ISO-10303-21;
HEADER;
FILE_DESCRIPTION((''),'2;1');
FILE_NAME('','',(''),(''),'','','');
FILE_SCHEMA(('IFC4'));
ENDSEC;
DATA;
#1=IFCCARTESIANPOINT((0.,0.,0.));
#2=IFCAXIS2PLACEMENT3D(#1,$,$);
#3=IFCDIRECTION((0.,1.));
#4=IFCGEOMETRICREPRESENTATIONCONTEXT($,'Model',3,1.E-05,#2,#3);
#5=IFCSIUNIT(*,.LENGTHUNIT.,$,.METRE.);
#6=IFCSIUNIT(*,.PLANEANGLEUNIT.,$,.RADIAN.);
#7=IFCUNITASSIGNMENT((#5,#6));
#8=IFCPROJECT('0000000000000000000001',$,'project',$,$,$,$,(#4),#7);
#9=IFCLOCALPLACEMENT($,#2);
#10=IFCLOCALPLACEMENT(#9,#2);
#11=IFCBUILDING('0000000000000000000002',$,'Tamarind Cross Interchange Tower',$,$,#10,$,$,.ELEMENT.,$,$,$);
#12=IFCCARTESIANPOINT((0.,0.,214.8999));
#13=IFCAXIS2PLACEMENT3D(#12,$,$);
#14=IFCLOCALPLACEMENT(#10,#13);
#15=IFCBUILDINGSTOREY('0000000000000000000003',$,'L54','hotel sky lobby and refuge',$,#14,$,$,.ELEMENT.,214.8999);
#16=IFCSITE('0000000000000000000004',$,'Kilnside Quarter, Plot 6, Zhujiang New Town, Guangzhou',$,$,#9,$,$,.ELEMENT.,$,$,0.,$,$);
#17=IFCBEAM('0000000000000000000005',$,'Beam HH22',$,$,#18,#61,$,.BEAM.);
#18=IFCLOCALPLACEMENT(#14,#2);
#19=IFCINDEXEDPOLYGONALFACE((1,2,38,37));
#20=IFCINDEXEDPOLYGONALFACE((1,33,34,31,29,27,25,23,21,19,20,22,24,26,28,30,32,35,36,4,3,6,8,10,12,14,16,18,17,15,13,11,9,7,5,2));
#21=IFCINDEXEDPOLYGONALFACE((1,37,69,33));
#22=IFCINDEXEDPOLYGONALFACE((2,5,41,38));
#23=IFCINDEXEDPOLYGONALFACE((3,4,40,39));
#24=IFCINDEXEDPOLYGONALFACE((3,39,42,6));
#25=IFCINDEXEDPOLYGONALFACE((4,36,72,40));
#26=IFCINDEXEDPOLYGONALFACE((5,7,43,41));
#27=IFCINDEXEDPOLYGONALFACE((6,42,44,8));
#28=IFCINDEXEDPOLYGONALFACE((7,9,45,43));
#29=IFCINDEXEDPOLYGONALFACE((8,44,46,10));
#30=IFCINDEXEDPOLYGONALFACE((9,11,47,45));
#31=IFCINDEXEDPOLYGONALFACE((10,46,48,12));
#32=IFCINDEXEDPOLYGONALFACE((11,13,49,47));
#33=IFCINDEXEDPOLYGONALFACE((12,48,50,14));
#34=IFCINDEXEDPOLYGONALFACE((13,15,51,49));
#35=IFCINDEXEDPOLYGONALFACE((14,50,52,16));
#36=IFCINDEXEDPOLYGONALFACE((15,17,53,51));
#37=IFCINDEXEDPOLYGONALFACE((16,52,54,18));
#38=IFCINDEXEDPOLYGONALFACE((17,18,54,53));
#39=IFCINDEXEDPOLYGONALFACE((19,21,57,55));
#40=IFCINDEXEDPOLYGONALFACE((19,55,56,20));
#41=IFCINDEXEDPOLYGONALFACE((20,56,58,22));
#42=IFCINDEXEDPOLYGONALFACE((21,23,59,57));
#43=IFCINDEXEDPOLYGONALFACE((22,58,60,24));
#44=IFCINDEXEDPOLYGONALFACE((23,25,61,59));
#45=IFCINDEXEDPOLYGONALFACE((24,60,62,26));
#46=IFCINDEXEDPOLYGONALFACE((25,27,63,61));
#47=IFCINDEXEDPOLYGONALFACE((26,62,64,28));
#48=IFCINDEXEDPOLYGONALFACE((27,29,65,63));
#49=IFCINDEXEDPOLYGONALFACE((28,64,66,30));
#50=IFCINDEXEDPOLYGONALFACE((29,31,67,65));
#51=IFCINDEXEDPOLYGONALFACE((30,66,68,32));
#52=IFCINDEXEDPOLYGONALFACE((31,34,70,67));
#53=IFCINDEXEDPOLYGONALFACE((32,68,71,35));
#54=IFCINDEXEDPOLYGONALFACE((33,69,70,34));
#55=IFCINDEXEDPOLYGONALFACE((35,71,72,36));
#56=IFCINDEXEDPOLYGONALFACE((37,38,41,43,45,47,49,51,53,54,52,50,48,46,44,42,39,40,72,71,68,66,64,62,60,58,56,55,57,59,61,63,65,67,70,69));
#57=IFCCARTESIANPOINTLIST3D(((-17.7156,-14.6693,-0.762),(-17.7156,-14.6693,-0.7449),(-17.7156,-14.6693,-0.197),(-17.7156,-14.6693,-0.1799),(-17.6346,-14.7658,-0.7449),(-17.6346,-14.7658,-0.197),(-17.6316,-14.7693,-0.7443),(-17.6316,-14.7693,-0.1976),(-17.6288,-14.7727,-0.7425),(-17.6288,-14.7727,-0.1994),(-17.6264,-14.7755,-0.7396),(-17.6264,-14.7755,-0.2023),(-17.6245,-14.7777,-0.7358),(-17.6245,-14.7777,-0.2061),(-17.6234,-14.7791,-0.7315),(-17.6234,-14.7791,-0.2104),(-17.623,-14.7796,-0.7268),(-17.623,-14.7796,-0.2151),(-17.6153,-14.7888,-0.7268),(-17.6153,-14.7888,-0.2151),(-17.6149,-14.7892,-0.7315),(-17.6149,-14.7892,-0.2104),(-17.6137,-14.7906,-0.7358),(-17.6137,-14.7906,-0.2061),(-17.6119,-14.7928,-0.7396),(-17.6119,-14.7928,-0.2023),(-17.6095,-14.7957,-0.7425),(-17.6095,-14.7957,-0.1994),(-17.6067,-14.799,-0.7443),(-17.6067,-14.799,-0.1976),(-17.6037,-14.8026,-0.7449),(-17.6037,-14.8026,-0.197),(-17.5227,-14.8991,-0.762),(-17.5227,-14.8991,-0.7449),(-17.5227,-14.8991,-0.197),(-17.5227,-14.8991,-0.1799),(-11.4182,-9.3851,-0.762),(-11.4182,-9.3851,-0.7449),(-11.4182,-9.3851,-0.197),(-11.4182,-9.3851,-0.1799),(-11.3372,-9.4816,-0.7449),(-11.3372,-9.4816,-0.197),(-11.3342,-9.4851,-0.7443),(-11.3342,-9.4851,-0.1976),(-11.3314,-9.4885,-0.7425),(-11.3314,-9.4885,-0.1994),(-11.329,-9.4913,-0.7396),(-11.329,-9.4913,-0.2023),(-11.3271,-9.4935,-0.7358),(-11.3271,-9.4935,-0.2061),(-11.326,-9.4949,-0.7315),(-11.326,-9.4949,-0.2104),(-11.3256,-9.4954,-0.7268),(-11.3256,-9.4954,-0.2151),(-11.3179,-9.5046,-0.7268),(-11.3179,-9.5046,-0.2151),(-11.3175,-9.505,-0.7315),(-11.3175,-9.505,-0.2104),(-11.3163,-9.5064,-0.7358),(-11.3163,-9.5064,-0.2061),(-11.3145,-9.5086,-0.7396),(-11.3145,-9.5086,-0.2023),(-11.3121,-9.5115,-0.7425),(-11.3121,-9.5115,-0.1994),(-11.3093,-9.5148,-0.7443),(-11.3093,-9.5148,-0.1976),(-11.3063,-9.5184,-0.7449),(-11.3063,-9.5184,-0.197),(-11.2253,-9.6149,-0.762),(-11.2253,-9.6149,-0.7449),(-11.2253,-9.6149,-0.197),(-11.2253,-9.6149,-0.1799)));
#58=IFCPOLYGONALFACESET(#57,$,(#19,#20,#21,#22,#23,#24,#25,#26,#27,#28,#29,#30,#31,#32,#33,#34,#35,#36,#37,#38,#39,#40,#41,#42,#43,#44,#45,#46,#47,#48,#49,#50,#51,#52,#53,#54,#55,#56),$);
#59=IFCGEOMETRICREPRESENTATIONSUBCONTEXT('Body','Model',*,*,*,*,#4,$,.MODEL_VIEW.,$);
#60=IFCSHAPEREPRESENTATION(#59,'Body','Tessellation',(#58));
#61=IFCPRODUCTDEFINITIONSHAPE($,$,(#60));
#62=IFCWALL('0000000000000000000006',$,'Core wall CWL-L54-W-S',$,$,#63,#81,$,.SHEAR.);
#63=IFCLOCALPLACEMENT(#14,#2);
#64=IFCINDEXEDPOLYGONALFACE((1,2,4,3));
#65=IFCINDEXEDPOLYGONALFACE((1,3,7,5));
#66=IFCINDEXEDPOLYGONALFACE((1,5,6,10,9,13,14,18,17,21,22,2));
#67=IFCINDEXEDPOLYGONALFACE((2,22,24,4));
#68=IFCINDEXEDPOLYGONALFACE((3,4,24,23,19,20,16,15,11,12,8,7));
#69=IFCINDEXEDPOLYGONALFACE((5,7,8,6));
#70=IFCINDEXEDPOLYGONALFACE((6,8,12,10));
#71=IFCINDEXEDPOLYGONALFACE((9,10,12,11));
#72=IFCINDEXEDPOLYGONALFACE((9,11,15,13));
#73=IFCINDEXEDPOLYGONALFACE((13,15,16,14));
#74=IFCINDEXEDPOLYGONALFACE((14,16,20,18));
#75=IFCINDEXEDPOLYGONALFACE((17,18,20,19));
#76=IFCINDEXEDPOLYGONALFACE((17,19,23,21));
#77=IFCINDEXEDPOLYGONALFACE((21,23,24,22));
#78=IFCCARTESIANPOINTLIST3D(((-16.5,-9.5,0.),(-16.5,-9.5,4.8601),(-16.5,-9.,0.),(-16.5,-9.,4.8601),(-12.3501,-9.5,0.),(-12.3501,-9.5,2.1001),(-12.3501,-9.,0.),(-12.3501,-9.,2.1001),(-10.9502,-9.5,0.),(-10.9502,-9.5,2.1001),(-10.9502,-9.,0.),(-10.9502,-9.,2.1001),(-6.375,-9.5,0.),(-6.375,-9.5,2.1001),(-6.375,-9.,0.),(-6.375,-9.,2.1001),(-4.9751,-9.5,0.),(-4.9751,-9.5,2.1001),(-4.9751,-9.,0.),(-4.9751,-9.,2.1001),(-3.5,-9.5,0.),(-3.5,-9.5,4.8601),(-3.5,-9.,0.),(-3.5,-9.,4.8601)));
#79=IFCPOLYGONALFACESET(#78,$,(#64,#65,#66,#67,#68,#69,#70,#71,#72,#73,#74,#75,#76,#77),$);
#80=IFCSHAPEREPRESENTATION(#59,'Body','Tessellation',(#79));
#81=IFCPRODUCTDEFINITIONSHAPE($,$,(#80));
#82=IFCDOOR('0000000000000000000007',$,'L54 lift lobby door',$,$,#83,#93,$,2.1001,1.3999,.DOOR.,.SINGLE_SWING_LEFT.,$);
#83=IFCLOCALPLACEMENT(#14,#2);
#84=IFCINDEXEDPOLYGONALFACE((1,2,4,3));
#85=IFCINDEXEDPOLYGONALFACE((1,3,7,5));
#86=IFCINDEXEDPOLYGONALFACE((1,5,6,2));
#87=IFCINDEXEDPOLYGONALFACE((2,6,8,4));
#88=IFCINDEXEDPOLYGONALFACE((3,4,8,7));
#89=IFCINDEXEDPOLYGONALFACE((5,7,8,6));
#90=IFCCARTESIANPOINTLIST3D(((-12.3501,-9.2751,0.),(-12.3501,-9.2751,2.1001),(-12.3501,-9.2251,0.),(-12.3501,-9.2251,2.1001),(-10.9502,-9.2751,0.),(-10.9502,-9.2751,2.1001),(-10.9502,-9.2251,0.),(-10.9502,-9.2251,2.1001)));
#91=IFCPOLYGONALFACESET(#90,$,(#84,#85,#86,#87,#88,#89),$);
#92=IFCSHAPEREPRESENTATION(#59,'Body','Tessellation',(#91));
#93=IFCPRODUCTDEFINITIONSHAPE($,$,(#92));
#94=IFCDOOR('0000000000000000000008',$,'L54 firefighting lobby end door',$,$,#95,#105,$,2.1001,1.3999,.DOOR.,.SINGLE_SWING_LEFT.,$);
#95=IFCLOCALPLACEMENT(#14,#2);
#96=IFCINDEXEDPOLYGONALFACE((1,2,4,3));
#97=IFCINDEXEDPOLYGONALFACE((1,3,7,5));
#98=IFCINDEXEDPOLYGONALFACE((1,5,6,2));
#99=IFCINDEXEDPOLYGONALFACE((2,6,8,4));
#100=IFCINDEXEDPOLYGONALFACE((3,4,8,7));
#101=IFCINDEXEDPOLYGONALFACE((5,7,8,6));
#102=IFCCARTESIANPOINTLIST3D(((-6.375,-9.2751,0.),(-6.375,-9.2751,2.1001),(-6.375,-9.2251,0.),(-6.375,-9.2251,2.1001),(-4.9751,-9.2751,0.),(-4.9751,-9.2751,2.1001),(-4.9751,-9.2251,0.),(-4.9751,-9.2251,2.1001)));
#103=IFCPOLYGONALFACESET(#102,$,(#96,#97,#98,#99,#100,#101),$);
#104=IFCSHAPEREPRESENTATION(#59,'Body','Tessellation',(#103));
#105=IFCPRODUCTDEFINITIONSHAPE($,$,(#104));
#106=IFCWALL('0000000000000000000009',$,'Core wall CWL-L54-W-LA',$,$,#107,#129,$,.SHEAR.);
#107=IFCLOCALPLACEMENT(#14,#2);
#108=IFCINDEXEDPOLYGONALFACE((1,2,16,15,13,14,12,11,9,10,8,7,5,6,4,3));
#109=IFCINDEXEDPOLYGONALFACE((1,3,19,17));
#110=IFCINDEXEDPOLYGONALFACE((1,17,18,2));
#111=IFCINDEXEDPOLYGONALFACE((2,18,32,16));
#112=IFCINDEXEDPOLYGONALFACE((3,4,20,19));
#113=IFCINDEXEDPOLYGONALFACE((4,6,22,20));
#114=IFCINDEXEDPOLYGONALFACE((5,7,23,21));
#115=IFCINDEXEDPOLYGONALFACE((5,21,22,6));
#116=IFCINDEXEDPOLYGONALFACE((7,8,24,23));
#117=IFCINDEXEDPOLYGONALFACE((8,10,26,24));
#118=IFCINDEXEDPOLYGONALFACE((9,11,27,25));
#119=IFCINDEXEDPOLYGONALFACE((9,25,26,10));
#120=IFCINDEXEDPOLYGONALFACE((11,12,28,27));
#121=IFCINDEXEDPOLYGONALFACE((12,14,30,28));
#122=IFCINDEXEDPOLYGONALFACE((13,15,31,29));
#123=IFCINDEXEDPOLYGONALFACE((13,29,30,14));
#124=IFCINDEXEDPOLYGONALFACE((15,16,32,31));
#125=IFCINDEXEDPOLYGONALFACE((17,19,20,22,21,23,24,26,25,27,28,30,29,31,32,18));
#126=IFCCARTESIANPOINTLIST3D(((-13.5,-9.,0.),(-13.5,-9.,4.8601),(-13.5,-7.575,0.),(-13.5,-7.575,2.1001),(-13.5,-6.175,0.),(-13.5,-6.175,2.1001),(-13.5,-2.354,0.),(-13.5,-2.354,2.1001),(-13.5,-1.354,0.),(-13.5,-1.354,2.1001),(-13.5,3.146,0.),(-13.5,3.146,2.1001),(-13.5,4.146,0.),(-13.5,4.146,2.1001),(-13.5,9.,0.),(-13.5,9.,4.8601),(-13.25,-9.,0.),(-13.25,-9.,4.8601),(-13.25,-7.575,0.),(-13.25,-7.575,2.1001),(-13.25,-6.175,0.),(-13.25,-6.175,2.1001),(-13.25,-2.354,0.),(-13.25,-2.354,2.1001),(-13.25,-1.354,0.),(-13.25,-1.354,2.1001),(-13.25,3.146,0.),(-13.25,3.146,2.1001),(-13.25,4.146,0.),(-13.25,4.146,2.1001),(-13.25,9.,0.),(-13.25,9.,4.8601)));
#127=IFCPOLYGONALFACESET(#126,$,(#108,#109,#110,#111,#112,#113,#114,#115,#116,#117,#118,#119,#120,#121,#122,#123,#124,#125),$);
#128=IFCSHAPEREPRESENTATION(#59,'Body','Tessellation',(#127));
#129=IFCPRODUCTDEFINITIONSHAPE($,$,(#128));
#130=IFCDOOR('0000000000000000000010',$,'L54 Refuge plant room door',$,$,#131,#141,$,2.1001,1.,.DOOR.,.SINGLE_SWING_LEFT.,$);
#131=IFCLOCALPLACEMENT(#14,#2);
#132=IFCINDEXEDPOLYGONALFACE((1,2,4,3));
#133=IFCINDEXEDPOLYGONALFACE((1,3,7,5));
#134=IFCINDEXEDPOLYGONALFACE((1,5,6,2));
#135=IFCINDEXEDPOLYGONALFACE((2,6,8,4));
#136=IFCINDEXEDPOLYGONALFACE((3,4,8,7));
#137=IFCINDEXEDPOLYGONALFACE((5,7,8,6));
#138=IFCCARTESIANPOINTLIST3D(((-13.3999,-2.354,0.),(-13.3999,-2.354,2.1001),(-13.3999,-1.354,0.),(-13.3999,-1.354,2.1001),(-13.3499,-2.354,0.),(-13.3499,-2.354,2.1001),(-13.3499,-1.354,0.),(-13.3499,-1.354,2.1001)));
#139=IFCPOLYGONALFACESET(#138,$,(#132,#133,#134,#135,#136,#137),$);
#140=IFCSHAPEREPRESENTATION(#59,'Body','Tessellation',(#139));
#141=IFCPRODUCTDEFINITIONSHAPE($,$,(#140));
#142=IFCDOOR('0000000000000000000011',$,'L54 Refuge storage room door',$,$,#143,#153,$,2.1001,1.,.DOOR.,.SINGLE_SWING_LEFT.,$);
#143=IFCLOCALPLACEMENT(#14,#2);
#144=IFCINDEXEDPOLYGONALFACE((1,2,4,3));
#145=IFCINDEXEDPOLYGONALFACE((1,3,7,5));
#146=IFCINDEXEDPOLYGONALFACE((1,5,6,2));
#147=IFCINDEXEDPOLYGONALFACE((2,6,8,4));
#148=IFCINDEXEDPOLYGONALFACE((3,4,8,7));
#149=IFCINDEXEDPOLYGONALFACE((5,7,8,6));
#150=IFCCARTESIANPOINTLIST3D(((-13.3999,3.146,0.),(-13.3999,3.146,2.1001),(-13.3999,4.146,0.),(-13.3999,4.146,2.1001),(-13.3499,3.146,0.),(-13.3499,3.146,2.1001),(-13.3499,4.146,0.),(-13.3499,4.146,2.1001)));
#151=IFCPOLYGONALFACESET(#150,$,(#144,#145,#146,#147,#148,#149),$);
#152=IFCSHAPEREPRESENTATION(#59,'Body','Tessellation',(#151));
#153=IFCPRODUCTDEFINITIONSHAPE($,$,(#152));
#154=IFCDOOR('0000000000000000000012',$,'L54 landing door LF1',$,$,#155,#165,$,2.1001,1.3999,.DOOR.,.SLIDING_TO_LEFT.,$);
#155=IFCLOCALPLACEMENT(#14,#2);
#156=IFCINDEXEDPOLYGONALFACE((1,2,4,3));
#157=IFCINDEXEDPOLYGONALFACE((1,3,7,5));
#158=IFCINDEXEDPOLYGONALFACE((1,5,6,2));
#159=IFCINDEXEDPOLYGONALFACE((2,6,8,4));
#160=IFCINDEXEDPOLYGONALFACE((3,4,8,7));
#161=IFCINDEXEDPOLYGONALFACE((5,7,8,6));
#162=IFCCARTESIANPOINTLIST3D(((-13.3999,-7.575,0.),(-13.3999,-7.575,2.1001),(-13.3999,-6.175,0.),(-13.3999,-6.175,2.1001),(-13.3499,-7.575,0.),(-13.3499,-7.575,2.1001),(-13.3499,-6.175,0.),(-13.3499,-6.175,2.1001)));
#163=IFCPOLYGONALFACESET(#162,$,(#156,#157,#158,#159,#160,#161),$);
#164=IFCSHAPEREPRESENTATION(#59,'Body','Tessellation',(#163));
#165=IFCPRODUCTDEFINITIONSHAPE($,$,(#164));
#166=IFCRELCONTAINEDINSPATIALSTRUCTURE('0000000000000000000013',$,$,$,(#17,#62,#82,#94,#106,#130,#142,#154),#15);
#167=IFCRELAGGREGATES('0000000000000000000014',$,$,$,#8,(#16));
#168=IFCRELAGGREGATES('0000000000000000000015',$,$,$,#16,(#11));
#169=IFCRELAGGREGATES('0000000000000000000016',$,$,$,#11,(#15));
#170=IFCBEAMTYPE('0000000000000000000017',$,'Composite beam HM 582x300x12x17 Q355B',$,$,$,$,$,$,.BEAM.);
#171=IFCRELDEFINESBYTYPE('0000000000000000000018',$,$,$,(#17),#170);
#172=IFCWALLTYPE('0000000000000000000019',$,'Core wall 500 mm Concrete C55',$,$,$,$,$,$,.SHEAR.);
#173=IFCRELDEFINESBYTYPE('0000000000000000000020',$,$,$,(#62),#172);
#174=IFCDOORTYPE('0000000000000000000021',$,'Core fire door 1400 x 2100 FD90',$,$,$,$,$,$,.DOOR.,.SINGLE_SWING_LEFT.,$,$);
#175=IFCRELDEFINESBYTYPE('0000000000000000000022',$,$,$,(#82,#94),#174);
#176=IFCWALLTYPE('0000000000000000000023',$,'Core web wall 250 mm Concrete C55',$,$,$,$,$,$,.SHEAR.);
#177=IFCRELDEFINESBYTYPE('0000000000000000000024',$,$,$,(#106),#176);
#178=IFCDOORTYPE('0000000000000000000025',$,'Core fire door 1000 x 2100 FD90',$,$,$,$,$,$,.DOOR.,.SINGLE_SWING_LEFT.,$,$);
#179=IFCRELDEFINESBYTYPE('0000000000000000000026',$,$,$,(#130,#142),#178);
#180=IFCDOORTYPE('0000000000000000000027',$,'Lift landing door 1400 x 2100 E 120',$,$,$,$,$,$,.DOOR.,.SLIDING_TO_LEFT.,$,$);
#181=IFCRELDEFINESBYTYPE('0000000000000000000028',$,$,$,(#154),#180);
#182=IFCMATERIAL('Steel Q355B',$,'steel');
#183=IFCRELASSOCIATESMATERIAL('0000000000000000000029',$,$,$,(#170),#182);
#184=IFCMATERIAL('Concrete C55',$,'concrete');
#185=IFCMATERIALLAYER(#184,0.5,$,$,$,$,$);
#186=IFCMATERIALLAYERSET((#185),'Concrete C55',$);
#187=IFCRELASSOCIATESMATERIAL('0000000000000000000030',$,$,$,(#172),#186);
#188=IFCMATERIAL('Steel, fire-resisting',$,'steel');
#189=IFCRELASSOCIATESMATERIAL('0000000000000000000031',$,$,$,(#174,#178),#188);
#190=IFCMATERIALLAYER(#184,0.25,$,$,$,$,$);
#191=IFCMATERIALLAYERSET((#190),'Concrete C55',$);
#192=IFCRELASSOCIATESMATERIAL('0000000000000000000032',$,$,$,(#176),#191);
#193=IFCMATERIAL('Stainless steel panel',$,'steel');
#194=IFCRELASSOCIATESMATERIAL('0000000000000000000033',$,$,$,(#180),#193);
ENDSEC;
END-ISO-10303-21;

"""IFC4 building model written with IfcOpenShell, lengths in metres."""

from ifc_helpers import new_model, si_unit, direction, frame, frame_2d, origin, origin_2d, place, context, subcontext, project, spatial, rectangle, i_section, extrude, material, layer, layer_set, material_profile, profile_set, type_object, element, fill, save


model = new_model("IFC4")

# Units and contexts
model_context = context("Model", 3, precision=1e-05, world=origin(), true_north=direction((0.0, 1.0)))
body_context = subcontext(model_context, "Body", "Model", "MODEL_VIEW")
ifc_project = project(units=[si_unit("LENGTHUNIT", "METRE"), si_unit("PLANEANGLEUNIT", "RADIAN")], contexts=[model_context])

# Site, building, storey
site_placement = place(None, origin())
site = spatial("IfcSite", under=ifc_project, at=site_placement, Name="Kilnside Quarter, Plot 6, Zhujiang New Town, Guangzhou", CompositionType="ELEMENT", RefElevation=0.0)
building_placement = place(site_placement, origin())
building = spatial("IfcBuilding", under=site, at=building_placement, Name="Tamarind Cross Interchange Tower", CompositionType="ELEMENT")
storey_placement = place(building_placement, frame((0.0, 0.0, 214.8999)))
storey = spatial("IfcBuildingStorey", under=building, at=storey_placement, Name="L54", Description="hotel sky lobby and refuge", CompositionType="ELEMENT", Elevation=214.8999)

# Beam
ifc_material_1 = material(Name="Steel Q355B", Category="steel")
ifc_material_profile = material_profile(ifc_material_1, i_section(OverallWidth=0.3, OverallDepth=0.582, WebThickness=0.012, FlangeThickness=0.0171, FilletRadius=0.0181, at=origin_2d()), Name="HM 582x300x12x17")
ifc_profile_set = profile_set([ifc_material_profile], Name="Steel Q355B")
beam_type = type_object("IfcBeamType", Name="Composite beam HM 582x300x12x17 Q355B", PredefinedType="BEAM", material=ifc_profile_set)
beam_placement = place(storey_placement, frame((-17.6191, -14.7842, -0.4709), z_axis=(0.766041, 0.642792, 0.0), x_axis=(-0.642792, 0.766041, 0.0)))
element("IfcBeam", 1, at=beam_placement, inside=storey, type_object=beam_type, Name="Beam HH22", PredefinedType="BEAM", context=body_context, shape_type="SweptSolid", body=[
    extrude(i_section(OverallWidth=0.3, OverallDepth=0.582, WebThickness=0.012, FlangeThickness=0.0171, FilletRadius=0.0181, at=origin_2d()), origin(), (0.0, 0.0, 1.0), 8.2207),
])

# Walls, openings, doors
ifc_material_2 = material(Name="Concrete C55", Category="concrete")
ifc_layer_1 = layer(ifc_material_2, 0.5)
ifc_layer_set_1 = layer_set([ifc_layer_1], Name="Concrete C55")
wall_type_1 = type_object("IfcWallType", Name="Core wall 500 mm Concrete C55", PredefinedType="SHEAR", material=ifc_layer_set_1)
wall_1_placement = place(storey_placement, frame((-16.5, -9.25, 0.0), z_axis=(0.0, 0.0, 1.0), x_axis=(1.0, 0.0, 0.0)))
wall_1 = element("IfcWall", 2, at=wall_1_placement, inside=storey, type_object=wall_type_1, Name="Core wall CWL-L54-W-S", PredefinedType="SHEAR", context=body_context, shape_type="SweptSolid", body=[
    extrude(rectangle(XDim=13.0, YDim=0.5, at=frame_2d((6.5, 0.0))), origin(), (0.0, 0.0, 1.0), 4.8601),
])
opening_1_placement = place(wall_1_placement, frame((4.1499, 0.0, 0.0)))
opening_1 = element("IfcOpeningElement", 3, at=opening_1_placement, cuts=wall_1, PredefinedType="OPENING", context=body_context, shape_type="SweptSolid", body=[
    extrude(rectangle(XDim=1.3999, YDim=2.1001, at=frame_2d((0.7, 1.05))), frame((0.0, 0.26, 0.0), z_axis=(0.0, -1.0, 0.0), x_axis=(1.0, 0.0, 0.0)), (0.0, 0.0, 1.0), 0.52),
])
opening_2_placement = place(wall_1_placement, frame((10.125, 0.0, 0.0)))
opening_2 = element("IfcOpeningElement", 4, at=opening_2_placement, cuts=wall_1, PredefinedType="OPENING", context=body_context, shape_type="SweptSolid", body=[
    extrude(rectangle(XDim=1.3999, YDim=2.1001, at=frame_2d((0.7, 1.05))), frame((0.0, 0.26, 0.0), z_axis=(0.0, -1.0, 0.0), x_axis=(1.0, 0.0, 0.0)), (0.0, 0.0, 1.0), 0.52),
])
ifc_material_3 = material(Name="Steel, fire-resisting", Category="steel")
door_type_1 = type_object("IfcDoorType", Name="Core fire door 1400 x 2100 FD90", OperationType="SINGLE_SWING_LEFT", PredefinedType="DOOR", material=ifc_material_3)
door_1_placement = place(opening_1_placement, origin())
door_1 = element("IfcDoor", 5, at=door_1_placement, inside=storey, type_object=door_type_1, Name="L54 lift lobby door", OperationType="SINGLE_SWING_LEFT", OverallHeight=2.1001, OverallWidth=1.3999, PredefinedType="DOOR", context=body_context, shape_type="SweptSolid", body=[
    extrude(rectangle(XDim=1.3999, YDim=2.1001, at=frame_2d((0.7, 1.05))), frame((0.0, 0.0249, 0.0), z_axis=(0.0, -1.0, 0.0), x_axis=(1.0, 0.0, 0.0)), (0.0, 0.0, 1.0), 0.05),
])
fill(opening_1, door_1)
door_2_placement = place(opening_2_placement, origin())
door_2 = element("IfcDoor", 6, at=door_2_placement, inside=storey, type_object=door_type_1, Name="L54 firefighting lobby end door", OperationType="SINGLE_SWING_LEFT", OverallHeight=2.1001, OverallWidth=1.3999, PredefinedType="DOOR", context=body_context, shape_type="SweptSolid", body=[
    extrude(rectangle(XDim=1.3999, YDim=2.1001, at=frame_2d((0.7, 1.05))), frame((0.0, 0.0249, 0.0), z_axis=(0.0, -1.0, 0.0), x_axis=(1.0, 0.0, 0.0)), (0.0, 0.0, 1.0), 0.05),
])
fill(opening_2, door_2)
ifc_layer_2 = layer(ifc_material_2, 0.25)
ifc_layer_set_2 = layer_set([ifc_layer_2], Name="Concrete C55")
wall_type_2 = type_object("IfcWallType", Name="Core web wall 250 mm Concrete C55", PredefinedType="SHEAR", material=ifc_layer_set_2)
wall_2_placement = place(storey_placement, frame((-13.375, -9.0, 0.0), z_axis=(0.0, 0.0, 1.0), x_axis=(0.0, 1.0, 0.0)))
wall_2 = element("IfcWall", 7, at=wall_2_placement, inside=storey, type_object=wall_type_2, Name="Core wall CWL-L54-W-LA", PredefinedType="SHEAR", context=body_context, shape_type="SweptSolid", body=[
    extrude(rectangle(XDim=18.0, YDim=0.25, at=frame_2d((9.0, 0.0))), origin(), (0.0, 0.0, 1.0), 4.8601),
])
opening_3_placement = place(wall_2_placement, frame((1.425, 0.0, 0.0)))
opening_3 = element("IfcOpeningElement", 8, at=opening_3_placement, cuts=wall_2, PredefinedType="OPENING", context=body_context, shape_type="SweptSolid", body=[
    extrude(rectangle(XDim=1.3999, YDim=2.1001, at=frame_2d((0.7, 1.05))), frame((0.0, 0.135, 0.0), z_axis=(0.0, -1.0, 0.0), x_axis=(1.0, 0.0, 0.0)), (0.0, 0.0, 1.0), 0.27),
])
opening_4_placement = place(wall_2_placement, frame((6.646, 0.0, 0.0)))
opening_4 = element("IfcOpeningElement", 9, at=opening_4_placement, cuts=wall_2, PredefinedType="OPENING", context=body_context, shape_type="SweptSolid", body=[
    extrude(rectangle(XDim=1.0, YDim=2.1001, at=frame_2d((0.5, 1.05))), frame((0.0, 0.135, 0.0), z_axis=(0.0, -1.0, 0.0), x_axis=(1.0, 0.0, 0.0)), (0.0, 0.0, 1.0), 0.27),
])
opening_5_placement = place(wall_2_placement, frame((12.146, 0.0, 0.0)))
opening_5 = element("IfcOpeningElement", 10, at=opening_5_placement, cuts=wall_2, PredefinedType="OPENING", context=body_context, shape_type="SweptSolid", body=[
    extrude(rectangle(XDim=1.0, YDim=2.1001, at=frame_2d((0.5, 1.05))), frame((0.0, 0.135, 0.0), z_axis=(0.0, -1.0, 0.0), x_axis=(1.0, 0.0, 0.0)), (0.0, 0.0, 1.0), 0.27),
])
door_type_2 = type_object("IfcDoorType", Name="Core fire door 1000 x 2100 FD90", OperationType="SINGLE_SWING_LEFT", PredefinedType="DOOR", material=ifc_material_3)
door_3_placement = place(opening_4_placement, origin())
door_3 = element("IfcDoor", 11, at=door_3_placement, inside=storey, type_object=door_type_2, Name="L54 Refuge plant room door", OperationType="SINGLE_SWING_LEFT", OverallHeight=2.1001, OverallWidth=1.0, PredefinedType="DOOR", context=body_context, shape_type="SweptSolid", body=[
    extrude(rectangle(XDim=1.0, YDim=2.1001, at=frame_2d((0.5, 1.05))), frame((0.0, 0.0249, 0.0), z_axis=(0.0, -1.0, 0.0), x_axis=(1.0, 0.0, 0.0)), (0.0, 0.0, 1.0), 0.05),
])
fill(opening_4, door_3)
door_4_placement = place(opening_5_placement, origin())
door_4 = element("IfcDoor", 12, at=door_4_placement, inside=storey, type_object=door_type_2, Name="L54 Refuge storage room door", OperationType="SINGLE_SWING_LEFT", OverallHeight=2.1001, OverallWidth=1.0, PredefinedType="DOOR", context=body_context, shape_type="SweptSolid", body=[
    extrude(rectangle(XDim=1.0, YDim=2.1001, at=frame_2d((0.5, 1.05))), frame((0.0, 0.0249, 0.0), z_axis=(0.0, -1.0, 0.0), x_axis=(1.0, 0.0, 0.0)), (0.0, 0.0, 1.0), 0.05),
])
fill(opening_5, door_4)
ifc_material_4 = material(Name="Stainless steel panel", Category="steel")
door_type_3 = type_object("IfcDoorType", Name="Lift landing door 1400 x 2100 E 120", OperationType="SLIDING_TO_LEFT", PredefinedType="DOOR", material=ifc_material_4)
door_5_placement = place(opening_3_placement, origin())
door_5 = element("IfcDoor", 13, at=door_5_placement, inside=storey, type_object=door_type_3, Name="L54 landing door LF1", OperationType="SLIDING_TO_LEFT", OverallHeight=2.1001, OverallWidth=1.3999, PredefinedType="DOOR", context=body_context, shape_type="SweptSolid", body=[
    extrude(rectangle(XDim=1.3999, YDim=2.1001, at=frame_2d((0.7, 1.05))), frame((0.0, 0.0249, 0.0), z_axis=(0.0, -1.0, 0.0), x_axis=(1.0, 0.0, 0.0)), (0.0, 0.0, 1.0), 0.05),
])
fill(opening_3, door_5)

save(model, "model.ifc")
